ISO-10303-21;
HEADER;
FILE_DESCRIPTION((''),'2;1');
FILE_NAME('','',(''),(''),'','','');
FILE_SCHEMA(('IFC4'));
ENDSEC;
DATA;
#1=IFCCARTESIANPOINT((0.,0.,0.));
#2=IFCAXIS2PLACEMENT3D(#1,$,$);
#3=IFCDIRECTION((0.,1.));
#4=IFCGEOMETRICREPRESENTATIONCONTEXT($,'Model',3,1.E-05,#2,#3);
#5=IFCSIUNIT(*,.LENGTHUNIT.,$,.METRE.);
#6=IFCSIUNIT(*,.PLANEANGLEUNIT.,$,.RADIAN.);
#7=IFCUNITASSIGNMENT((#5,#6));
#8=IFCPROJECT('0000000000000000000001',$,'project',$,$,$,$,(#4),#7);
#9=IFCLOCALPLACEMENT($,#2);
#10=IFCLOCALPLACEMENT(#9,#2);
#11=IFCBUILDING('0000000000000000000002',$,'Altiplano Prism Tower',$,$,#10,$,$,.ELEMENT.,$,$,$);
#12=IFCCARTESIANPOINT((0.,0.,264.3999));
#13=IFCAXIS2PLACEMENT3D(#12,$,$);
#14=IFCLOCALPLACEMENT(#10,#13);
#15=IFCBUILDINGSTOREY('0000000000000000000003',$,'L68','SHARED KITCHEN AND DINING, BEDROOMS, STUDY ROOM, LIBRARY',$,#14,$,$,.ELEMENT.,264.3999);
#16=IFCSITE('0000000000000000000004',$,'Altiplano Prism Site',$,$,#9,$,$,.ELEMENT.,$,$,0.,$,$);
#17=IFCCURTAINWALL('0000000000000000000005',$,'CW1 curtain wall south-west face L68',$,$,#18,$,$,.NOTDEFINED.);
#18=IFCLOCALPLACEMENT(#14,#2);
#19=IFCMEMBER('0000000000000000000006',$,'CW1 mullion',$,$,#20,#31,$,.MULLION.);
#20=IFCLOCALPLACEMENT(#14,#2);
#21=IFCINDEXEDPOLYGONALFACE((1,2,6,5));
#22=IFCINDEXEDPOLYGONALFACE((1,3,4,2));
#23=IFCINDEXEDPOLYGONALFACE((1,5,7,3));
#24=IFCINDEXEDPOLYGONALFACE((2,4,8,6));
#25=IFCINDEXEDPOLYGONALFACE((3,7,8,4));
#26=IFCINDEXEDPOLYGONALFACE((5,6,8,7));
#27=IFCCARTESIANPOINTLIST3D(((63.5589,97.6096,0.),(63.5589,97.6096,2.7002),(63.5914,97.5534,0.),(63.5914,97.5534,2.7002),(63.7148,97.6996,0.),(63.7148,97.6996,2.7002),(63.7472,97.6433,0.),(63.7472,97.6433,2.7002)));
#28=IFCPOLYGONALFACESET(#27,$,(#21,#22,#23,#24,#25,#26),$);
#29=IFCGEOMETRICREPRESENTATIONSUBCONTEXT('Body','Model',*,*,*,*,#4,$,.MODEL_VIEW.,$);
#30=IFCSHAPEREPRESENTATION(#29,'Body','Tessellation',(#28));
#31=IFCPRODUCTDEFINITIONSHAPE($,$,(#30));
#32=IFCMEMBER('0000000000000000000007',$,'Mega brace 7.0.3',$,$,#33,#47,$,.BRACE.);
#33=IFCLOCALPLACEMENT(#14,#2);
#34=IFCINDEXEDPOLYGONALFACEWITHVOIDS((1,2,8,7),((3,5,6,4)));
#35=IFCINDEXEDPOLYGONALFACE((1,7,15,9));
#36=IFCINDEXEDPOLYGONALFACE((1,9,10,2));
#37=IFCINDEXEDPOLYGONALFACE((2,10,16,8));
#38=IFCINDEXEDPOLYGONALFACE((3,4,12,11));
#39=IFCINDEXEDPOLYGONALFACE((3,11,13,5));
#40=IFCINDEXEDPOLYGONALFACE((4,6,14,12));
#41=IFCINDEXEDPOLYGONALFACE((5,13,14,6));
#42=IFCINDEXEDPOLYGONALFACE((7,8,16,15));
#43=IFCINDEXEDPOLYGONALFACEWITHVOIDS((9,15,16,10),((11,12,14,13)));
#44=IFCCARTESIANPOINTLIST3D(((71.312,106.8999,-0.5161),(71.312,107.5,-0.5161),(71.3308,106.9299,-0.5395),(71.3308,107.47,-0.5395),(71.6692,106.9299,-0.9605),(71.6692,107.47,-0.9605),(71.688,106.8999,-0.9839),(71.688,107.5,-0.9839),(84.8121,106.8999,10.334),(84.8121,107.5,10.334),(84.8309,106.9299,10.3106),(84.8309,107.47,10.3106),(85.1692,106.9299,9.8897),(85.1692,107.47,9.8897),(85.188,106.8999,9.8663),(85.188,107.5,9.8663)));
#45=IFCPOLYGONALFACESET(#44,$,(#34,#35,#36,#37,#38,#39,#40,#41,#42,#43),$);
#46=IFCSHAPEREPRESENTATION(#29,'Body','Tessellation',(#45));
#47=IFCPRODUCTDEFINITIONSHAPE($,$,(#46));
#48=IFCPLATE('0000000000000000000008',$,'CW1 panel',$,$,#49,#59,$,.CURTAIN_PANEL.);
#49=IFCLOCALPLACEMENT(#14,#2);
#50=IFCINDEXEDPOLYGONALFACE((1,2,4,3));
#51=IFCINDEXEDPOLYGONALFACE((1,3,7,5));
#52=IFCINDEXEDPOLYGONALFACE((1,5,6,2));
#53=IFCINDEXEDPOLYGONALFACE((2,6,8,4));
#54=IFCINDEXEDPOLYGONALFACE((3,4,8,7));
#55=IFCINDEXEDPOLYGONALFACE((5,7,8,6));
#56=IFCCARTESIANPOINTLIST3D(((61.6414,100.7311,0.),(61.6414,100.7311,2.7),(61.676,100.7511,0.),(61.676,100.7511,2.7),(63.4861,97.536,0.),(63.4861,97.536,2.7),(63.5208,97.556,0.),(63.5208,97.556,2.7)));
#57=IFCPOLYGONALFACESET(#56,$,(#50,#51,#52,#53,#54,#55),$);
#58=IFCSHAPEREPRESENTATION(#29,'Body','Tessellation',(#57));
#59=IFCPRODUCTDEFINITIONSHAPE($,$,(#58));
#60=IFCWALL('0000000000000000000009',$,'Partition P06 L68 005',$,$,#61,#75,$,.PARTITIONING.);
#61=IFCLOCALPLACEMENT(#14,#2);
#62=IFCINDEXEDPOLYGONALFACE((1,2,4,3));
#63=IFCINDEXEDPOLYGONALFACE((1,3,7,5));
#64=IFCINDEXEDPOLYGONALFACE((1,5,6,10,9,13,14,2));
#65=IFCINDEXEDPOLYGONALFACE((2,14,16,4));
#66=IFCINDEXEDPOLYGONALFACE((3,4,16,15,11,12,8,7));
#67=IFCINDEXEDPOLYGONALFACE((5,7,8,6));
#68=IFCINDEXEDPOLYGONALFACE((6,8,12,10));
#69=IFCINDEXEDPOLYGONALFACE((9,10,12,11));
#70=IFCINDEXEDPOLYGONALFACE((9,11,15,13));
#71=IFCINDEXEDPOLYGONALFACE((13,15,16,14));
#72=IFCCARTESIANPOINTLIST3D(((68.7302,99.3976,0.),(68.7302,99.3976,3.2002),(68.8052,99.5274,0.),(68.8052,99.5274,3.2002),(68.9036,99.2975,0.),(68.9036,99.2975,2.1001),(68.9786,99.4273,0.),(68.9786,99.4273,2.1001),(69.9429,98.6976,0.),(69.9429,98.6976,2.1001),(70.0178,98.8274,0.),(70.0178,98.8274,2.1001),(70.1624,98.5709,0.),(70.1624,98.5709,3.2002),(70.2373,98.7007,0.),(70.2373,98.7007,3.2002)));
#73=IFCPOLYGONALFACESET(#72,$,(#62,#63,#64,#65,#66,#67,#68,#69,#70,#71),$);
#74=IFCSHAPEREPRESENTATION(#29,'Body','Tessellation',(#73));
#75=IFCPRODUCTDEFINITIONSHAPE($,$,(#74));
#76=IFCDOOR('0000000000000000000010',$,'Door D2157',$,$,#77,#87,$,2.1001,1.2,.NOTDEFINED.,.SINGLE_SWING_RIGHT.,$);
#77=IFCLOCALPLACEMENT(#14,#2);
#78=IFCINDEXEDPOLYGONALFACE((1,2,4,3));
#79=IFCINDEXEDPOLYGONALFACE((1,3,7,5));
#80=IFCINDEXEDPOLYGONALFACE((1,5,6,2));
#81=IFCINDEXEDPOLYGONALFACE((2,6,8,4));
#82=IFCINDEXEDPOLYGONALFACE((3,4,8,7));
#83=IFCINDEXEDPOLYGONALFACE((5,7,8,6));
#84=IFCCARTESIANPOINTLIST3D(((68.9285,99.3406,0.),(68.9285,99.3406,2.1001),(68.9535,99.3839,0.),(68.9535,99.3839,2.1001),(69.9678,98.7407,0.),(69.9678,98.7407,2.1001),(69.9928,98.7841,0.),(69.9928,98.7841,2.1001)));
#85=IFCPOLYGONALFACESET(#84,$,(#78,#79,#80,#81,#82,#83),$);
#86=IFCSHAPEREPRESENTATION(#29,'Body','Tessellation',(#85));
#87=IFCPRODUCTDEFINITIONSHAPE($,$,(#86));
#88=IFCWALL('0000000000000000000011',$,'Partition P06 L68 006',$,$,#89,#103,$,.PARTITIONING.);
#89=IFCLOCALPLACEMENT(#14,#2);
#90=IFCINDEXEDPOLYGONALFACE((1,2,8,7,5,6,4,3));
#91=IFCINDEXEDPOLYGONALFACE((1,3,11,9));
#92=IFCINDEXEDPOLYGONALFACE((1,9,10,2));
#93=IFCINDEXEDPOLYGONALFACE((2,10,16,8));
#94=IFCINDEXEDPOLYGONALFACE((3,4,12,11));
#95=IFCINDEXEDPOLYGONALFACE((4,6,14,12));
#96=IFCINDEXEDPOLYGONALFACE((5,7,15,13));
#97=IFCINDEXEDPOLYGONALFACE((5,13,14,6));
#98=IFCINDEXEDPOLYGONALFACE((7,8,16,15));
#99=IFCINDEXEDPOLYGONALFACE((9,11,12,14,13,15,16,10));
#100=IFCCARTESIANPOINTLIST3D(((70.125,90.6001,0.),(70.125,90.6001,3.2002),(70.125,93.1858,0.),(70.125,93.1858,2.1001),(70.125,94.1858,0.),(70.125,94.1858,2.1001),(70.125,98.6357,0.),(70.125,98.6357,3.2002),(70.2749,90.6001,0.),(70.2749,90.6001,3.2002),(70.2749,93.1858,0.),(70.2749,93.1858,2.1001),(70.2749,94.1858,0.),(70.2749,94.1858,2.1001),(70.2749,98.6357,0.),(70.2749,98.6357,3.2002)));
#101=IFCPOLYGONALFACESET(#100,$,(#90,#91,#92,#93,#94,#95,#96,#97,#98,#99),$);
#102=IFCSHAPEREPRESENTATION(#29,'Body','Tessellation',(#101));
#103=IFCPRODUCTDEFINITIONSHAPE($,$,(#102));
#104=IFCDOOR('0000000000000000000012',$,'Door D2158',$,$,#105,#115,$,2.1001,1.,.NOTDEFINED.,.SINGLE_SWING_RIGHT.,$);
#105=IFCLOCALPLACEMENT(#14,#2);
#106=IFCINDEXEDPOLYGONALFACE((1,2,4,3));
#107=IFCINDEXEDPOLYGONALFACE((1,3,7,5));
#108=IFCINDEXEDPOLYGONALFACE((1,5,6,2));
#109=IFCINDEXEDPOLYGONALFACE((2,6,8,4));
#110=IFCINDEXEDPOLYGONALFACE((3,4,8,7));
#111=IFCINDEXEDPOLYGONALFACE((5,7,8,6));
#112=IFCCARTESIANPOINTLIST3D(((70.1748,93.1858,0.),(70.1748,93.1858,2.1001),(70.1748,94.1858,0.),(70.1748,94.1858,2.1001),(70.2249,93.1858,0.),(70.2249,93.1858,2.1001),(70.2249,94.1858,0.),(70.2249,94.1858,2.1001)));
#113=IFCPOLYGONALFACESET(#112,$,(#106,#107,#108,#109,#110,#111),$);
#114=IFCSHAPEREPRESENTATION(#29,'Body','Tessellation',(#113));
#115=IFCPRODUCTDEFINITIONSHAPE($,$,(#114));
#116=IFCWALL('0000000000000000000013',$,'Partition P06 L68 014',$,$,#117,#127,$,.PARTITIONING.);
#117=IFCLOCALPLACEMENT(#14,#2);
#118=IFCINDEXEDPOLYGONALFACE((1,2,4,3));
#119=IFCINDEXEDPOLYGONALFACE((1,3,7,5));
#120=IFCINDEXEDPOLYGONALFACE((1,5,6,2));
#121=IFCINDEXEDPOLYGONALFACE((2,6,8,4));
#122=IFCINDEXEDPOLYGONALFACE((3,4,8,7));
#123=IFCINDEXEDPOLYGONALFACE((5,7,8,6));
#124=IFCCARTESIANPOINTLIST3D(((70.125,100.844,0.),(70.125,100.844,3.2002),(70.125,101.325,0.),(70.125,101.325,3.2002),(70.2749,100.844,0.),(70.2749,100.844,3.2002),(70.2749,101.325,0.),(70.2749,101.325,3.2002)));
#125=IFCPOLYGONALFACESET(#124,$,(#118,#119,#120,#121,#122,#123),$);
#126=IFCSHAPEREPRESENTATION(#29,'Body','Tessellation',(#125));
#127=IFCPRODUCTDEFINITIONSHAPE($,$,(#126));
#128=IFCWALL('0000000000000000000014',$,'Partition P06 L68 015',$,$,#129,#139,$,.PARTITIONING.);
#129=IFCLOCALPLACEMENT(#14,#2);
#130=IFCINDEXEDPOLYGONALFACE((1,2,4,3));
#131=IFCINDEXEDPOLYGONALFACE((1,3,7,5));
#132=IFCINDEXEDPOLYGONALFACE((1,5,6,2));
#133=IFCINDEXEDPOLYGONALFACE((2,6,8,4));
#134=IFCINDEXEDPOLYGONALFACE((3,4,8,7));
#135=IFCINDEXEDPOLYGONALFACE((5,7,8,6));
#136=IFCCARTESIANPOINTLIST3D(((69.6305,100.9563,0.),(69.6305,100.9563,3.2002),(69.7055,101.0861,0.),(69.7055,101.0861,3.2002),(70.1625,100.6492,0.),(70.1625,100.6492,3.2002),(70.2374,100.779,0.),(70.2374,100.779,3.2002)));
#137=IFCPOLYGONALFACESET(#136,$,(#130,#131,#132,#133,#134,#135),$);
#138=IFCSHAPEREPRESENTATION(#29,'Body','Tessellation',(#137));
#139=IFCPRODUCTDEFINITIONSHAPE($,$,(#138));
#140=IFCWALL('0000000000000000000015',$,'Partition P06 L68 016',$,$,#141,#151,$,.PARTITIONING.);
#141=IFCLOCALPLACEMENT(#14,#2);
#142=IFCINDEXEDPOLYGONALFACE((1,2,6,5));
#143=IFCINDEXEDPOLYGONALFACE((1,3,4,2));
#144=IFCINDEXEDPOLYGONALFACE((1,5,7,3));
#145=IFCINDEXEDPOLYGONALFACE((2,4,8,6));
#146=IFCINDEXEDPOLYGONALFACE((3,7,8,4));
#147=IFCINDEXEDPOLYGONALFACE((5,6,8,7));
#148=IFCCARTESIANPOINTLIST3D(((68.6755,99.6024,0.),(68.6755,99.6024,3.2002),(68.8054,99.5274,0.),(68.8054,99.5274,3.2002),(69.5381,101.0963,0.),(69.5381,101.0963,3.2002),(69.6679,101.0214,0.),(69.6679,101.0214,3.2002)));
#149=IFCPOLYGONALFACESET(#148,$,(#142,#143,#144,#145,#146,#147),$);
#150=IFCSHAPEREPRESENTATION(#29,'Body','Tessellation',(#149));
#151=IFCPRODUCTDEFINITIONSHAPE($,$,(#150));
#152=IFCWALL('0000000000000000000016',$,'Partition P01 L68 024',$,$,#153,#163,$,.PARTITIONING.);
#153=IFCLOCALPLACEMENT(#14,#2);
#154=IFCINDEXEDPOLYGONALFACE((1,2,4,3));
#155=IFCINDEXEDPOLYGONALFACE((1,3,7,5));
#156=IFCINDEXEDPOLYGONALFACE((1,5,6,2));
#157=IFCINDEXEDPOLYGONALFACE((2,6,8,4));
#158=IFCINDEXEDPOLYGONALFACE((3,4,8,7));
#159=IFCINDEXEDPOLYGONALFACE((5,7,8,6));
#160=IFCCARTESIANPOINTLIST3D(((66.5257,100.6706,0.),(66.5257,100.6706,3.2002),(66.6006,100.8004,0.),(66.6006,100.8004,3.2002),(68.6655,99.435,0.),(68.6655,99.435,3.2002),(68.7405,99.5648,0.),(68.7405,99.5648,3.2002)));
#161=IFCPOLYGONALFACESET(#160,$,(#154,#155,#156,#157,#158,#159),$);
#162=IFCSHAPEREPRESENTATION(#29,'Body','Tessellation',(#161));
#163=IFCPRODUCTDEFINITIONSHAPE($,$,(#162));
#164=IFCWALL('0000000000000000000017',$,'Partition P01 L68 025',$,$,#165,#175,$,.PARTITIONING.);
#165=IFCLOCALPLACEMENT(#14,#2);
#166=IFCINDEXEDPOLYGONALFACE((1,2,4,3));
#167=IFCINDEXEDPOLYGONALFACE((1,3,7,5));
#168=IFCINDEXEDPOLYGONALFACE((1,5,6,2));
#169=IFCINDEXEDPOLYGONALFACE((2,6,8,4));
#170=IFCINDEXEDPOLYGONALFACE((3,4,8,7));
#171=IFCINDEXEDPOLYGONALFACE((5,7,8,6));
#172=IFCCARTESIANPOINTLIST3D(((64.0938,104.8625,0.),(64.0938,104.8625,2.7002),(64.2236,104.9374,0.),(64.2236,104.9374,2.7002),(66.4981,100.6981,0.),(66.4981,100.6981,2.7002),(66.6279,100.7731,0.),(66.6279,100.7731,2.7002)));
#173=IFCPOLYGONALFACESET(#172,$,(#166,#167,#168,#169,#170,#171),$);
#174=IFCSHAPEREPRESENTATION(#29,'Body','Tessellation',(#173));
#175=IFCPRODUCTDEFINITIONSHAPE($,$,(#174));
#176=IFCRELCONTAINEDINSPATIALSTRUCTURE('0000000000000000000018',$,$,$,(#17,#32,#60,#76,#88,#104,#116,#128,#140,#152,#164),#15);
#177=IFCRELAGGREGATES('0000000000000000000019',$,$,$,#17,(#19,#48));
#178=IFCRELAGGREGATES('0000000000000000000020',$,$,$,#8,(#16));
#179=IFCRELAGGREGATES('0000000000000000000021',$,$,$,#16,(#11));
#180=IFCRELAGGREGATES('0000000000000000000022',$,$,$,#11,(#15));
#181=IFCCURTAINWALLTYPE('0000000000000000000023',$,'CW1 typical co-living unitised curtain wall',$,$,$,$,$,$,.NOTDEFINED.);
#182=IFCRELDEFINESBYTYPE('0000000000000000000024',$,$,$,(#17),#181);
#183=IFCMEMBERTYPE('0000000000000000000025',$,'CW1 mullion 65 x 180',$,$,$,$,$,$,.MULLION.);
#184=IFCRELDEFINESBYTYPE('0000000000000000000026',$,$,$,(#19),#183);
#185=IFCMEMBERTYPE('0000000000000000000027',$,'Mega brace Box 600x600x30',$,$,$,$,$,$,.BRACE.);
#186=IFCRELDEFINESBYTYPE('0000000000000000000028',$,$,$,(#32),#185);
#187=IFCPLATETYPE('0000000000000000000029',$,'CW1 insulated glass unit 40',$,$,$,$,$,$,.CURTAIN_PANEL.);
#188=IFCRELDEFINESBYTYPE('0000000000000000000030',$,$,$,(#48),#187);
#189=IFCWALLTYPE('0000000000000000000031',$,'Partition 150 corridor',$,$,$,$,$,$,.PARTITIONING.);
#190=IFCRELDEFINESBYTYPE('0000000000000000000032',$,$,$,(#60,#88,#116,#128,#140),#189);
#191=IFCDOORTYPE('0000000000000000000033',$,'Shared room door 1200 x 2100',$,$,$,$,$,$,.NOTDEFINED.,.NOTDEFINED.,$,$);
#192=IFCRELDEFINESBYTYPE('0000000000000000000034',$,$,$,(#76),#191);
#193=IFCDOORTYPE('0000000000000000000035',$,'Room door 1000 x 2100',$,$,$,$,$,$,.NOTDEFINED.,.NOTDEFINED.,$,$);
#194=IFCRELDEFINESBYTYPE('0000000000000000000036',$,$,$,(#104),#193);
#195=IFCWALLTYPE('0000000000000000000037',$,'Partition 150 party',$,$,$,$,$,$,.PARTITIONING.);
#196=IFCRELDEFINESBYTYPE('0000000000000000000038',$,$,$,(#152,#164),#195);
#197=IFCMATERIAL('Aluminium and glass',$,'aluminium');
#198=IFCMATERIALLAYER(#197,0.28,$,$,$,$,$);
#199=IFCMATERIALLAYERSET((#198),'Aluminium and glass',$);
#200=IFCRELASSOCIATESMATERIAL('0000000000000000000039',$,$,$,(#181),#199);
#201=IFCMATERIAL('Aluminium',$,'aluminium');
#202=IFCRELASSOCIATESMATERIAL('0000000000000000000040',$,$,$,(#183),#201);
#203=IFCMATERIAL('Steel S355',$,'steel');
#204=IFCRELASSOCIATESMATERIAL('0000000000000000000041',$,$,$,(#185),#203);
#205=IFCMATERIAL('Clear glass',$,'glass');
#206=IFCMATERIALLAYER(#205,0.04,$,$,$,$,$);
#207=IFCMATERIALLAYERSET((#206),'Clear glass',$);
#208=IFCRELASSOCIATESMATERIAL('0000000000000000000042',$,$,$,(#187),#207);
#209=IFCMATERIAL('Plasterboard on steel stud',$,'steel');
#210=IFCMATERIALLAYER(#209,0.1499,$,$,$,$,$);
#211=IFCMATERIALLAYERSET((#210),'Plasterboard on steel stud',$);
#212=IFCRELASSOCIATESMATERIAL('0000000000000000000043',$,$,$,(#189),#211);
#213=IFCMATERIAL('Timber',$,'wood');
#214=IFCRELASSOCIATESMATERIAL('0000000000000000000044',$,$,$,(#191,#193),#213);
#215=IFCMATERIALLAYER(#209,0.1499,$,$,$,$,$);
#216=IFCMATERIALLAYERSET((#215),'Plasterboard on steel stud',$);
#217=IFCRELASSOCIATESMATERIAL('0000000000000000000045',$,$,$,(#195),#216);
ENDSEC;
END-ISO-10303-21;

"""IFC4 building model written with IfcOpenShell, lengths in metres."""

from ifc_helpers import new_model, si_unit, direction, frame, frame_2d, origin, origin_2d, place, context, subcontext, project, spatial, rectangle, hollow_rectangle, extrude, material, layer, layer_set, material_profile, profile_set, type_object, element, fill, aggregate, save


model = new_model("IFC4")

# Units and contexts
model_context = context("Model", 3, precision=1e-05, world=origin(), true_north=direction((0.0, 1.0)))
body_context = subcontext(model_context, "Body", "Model", "MODEL_VIEW")
ifc_project = project(units=[si_unit("LENGTHUNIT", "METRE"), si_unit("PLANEANGLEUNIT", "RADIAN")], contexts=[model_context])

# Site, building, storey
site_placement = place(None, origin())
site = spatial("IfcSite", under=ifc_project, at=site_placement, Name="Altiplano Prism Site", CompositionType="ELEMENT", RefElevation=0.0)
building_placement = place(site_placement, origin())
building = spatial("IfcBuilding", under=site, at=building_placement, Name="Altiplano Prism Tower", CompositionType="ELEMENT")
storey_placement = place(building_placement, frame((0.0, 0.0, 264.3999)))
storey = spatial("IfcBuildingStorey", under=building, at=storey_placement, Name="L68", Description="SHARED KITCHEN AND DINING, BEDROOMS, STUDY ROOM, LIBRARY", CompositionType="ELEMENT", Elevation=264.3999)

# Curtain wall, member
ifc_material_1 = material(Name="Aluminium and glass", Category="aluminium")
ifc_layer_1 = layer(ifc_material_1, 0.28)
ifc_layer_set_1 = layer_set([ifc_layer_1], Name="Aluminium and glass")
curtain_wall_type = type_object("IfcCurtainWallType", Name="CW1 typical co-living unitised curtain wall", PredefinedType="NOTDEFINED", material=ifc_layer_set_1)
curtain_wall_placement = place(storey_placement, origin())
curtain_wall = element("IfcCurtainWall", 1, at=curtain_wall_placement, inside=storey, type_object=curtain_wall_type, Name="CW1 curtain wall south-west face L68", PredefinedType="NOTDEFINED")
ifc_material_2 = material(Name="Aluminium", Category="aluminium")
ifc_material_profile_1 = material_profile(ifc_material_2, rectangle(XDim=0.1799, YDim=0.0649, at=origin_2d()), Name="CW1 mullion 65 x 180")
ifc_profile_set_1 = profile_set([ifc_material_profile_1], Name="Aluminium")
member_type_1 = type_object("IfcMemberType", Name="CW1 mullion 65 x 180", PredefinedType="MULLION", material=ifc_profile_set_1)
member_1_placement = place(storey_placement, frame((63.6531, 97.6265, 0.0), z_axis=(0.0, 0.0, 1.0), x_axis=(0.866025, 0.5, 0.0)))
member_1 = element("IfcMember", 2, at=member_1_placement, type_object=member_type_1, Name="CW1 mullion", PredefinedType="MULLION", context=body_context, shape_type="SweptSolid", body=[
    extrude(rectangle(XDim=0.1799, YDim=0.0649, at=origin_2d()), origin(), (0.0, 0.0, 1.0), 2.7002),
])

# Member
ifc_material_3 = material(Name="Steel S355", Category="steel")
ifc_material_profile_2 = material_profile(ifc_material_3, hollow_rectangle(XDim=0.6001, YDim=0.6001, WallThickness=0.03, at=origin_2d()), Name="Mega brace Box 600x600x30")
ifc_profile_set_2 = profile_set([ifc_material_profile_2], Name="Steel S355")
member_type_2 = type_object("IfcMemberType", Name="Mega brace Box 600x600x30", PredefinedType="BRACE", material=ifc_profile_set_2)
member_2_placement = place(storey_placement, frame((71.5, 107.2, -0.75), z_axis=(0.779456, 0.0, 0.626457), x_axis=(0.0, 1.0, 0.0)))
element("IfcMember", 3, at=member_2_placement, inside=storey, type_object=member_type_2, Name="Mega brace 7.0.3", PredefinedType="BRACE", context=body_context, shape_type="SweptSolid", body=[
    extrude(hollow_rectangle(XDim=0.6001, YDim=0.6001, WallThickness=0.03, at=origin_2d()), origin(), (0.0, 0.0, 1.0), 17.3198),
])

# Plate
ifc_material_4 = material(Name="Clear glass", Category="glass")
ifc_layer_2 = layer(ifc_material_4, 0.04)
ifc_layer_set_2 = layer_set([ifc_layer_2], Name="Clear glass")
plate_type = type_object("IfcPlateType", Name="CW1 insulated glass unit 40", PredefinedType="CURTAIN_PANEL", material=ifc_layer_set_2)
plate_placement = place(storey_placement, frame((62.5811, 99.1436, 0.0), z_axis=(0.0, 0.0, 1.0), x_axis=(0.5, -0.866025, 0.0)))
plate = element("IfcPlate", 4, at=plate_placement, type_object=plate_type, Name="CW1 panel", PredefinedType="CURTAIN_PANEL", context=body_context, shape_type="SweptSolid", body=[
    extrude(rectangle(XDim=3.6895, YDim=0.04, at=origin_2d()), origin(), (0.0, 0.0, 1.0), 2.7),
])
aggregate(curtain_wall, [member_1, plate])

# Walls, openings, doors
ifc_material_5 = material(Name="Plasterboard on steel stud", Category="steel")
ifc_layer_3 = layer(ifc_material_5, 0.1499)
ifc_layer_set_3 = layer_set([ifc_layer_3], Name="Plasterboard on steel stud")
wall_type_1 = type_object("IfcWallType", Name="Partition 150 corridor", PredefinedType="PARTITIONING", material=ifc_layer_set_3)
wall_1_placement = place(storey_placement, frame((68.7678, 99.4624, 0.0), z_axis=(0.0, 0.0, 1.0), x_axis=(0.866072, -0.499918, 0.0)))
wall_1 = element("IfcWall", 5, at=wall_1_placement, inside=storey, type_object=wall_type_1, Name="Partition P06 L68 005", PredefinedType="PARTITIONING", context=body_context, shape_type="SweptSolid", body=[
    extrude(rectangle(XDim=1.6536, YDim=0.1499, at=frame_2d((0.8267, 0.0))), origin(), (0.0, 0.0, 1.0), 3.2002),
])
opening_1_placement = place(wall_1_placement, frame((0.2, 0.0, 0.0)))
opening_1 = element("IfcOpeningElement", 6, at=opening_1_placement, cuts=wall_1, PredefinedType="OPENING", context=body_context, shape_type="SweptSolid", body=[
    extrude(rectangle(XDim=1.2, YDim=2.1001, at=frame_2d((0.6001, 1.05))), frame((0.0, 0.0854, 0.0), z_axis=(0.0, -1.0, 0.0), x_axis=(1.0, 0.0, 0.0)), (0.0, 0.0, 1.0), 0.1709),
])
ifc_material_6 = material(Name="Timber", Category="wood")
door_type_1 = type_object("IfcDoorType", Name="Shared room door 1200 x 2100", OperationType="NOTDEFINED", PredefinedType="NOTDEFINED", material=ifc_material_6)
door_1_placement = place(opening_1_placement, origin())
door_1 = element("IfcDoor", 7, at=door_1_placement, inside=storey, type_object=door_type_1, Name="Door D2157", OperationType="SINGLE_SWING_RIGHT", OverallHeight=2.1001, OverallWidth=1.2, PredefinedType="NOTDEFINED", context=body_context, shape_type="SweptSolid", body=[
    extrude(rectangle(XDim=1.2, YDim=2.1001, at=frame_2d((0.6001, 1.05))), frame((0.0, 0.0249, 0.0), z_axis=(0.0, -1.0, 0.0), x_axis=(1.0, 0.0, 0.0)), (0.0, 0.0, 1.0), 0.05),
])
fill(opening_1, door_1)
wall_2_placement = place(storey_placement, frame((70.2, 98.6357, 0.0), z_axis=(0.0, 0.0, 1.0), x_axis=(0.0, -1.0, 0.0)))
wall_2 = element("IfcWall", 8, at=wall_2_placement, inside=storey, type_object=wall_type_1, Name="Partition P06 L68 006", PredefinedType="PARTITIONING", context=body_context, shape_type="SweptSolid", body=[
    extrude(rectangle(XDim=8.0356, YDim=0.1499, at=frame_2d((4.0178, 0.0))), origin(), (0.0, 0.0, 1.0), 3.2002),
])
opening_2_placement = place(wall_2_placement, frame((4.45, 0.0, 0.0)))
opening_2 = element("IfcOpeningElement", 9, at=opening_2_placement, cuts=wall_2, PredefinedType="OPENING", context=body_context, shape_type="SweptSolid", body=[
    extrude(rectangle(XDim=1.0, YDim=2.1001, at=frame_2d((0.5, 1.05))), frame((0.0, 0.0854, 0.0), z_axis=(0.0, -1.0, 0.0), x_axis=(1.0, 0.0, 0.0)), (0.0, 0.0, 1.0), 0.1709),
])
door_type_2 = type_object("IfcDoorType", Name="Room door 1000 x 2100", OperationType="NOTDEFINED", PredefinedType="NOTDEFINED", material=ifc_material_6)
door_2_placement = place(opening_2_placement, origin())
door_2 = element("IfcDoor", 10, at=door_2_placement, inside=storey, type_object=door_type_2, Name="Door D2158", OperationType="SINGLE_SWING_RIGHT", OverallHeight=2.1001, OverallWidth=1.0, PredefinedType="NOTDEFINED", context=body_context, shape_type="SweptSolid", body=[
    extrude(rectangle(XDim=1.0, YDim=2.1001, at=frame_2d((0.5, 1.05))), frame((0.0, 0.0249, 0.0), z_axis=(0.0, -1.0, 0.0), x_axis=(1.0, 0.0, 0.0)), (0.0, 0.0, 1.0), 0.05),
])
fill(opening_2, door_2)

# Walls
wall_3_placement = place(storey_placement, frame((70.2, 101.325, 0.0), z_axis=(0.0, 0.0, 1.0), x_axis=(0.0, -1.0, 0.0)))
element("IfcWall", 11, at=wall_3_placement, inside=storey, type_object=wall_type_1, Name="Partition P06 L68 014", PredefinedType="PARTITIONING", context=body_context, shape_type="SweptSolid", body=[
    extrude(rectangle(XDim=0.481, YDim=0.1499, at=frame_2d((0.2405, 0.0))), origin(), (0.0, 0.0, 1.0), 3.2002),
])
wall_4_placement = place(storey_placement, frame((70.2, 100.7141, 0.0), z_axis=(0.0, 0.0, 1.0), x_axis=(-0.866033, 0.499986, 0.0)))
element("IfcWall", 12, at=wall_4_placement, inside=storey, type_object=wall_type_1, Name="Partition P06 L68 015", PredefinedType="PARTITIONING", context=body_context, shape_type="SweptSolid", body=[
    extrude(rectangle(XDim=0.6143, YDim=0.1499, at=frame_2d((0.3071, 0.0))), origin(), (0.0, 0.0, 1.0), 3.2002),
])
wall_5_placement = place(storey_placement, frame((69.603, 101.0588, 0.0), z_axis=(0.0, 0.0, 1.0), x_axis=(-0.500021, -0.866014, 0.0)))
element("IfcWall", 13, at=wall_5_placement, inside=storey, type_object=wall_type_1, Name="Partition P06 L68 016", PredefinedType="PARTITIONING", context=body_context, shape_type="SweptSolid", body=[
    extrude(rectangle(XDim=1.7251, YDim=0.1499, at=frame_2d((0.8625, 0.0))), origin(), (0.0, 0.0, 1.0), 3.2002),
])
ifc_layer_4 = layer(ifc_material_5, 0.1499)
ifc_layer_set_4 = layer_set([ifc_layer_4], Name="Plasterboard on steel stud")
wall_type_2 = type_object("IfcWallType", Name="Partition 150 party", PredefinedType="PARTITIONING", material=ifc_layer_set_4)
wall_6_placement = place(storey_placement, frame((68.7029, 99.5, 0.0), z_axis=(0.0, 0.0, 1.0), x_axis=(-0.866003, 0.500039, 0.0)))
element("IfcWall", 14, at=wall_6_placement, inside=storey, type_object=wall_type_2, Name="Partition P01 L68 024", PredefinedType="PARTITIONING", context=body_context, shape_type="SweptSolid", body=[
    extrude(rectangle(XDim=2.4709, YDim=0.1499, at=frame_2d((1.2354, 0.0))), origin(), (0.0, 0.0, 1.0), 3.2002),
])
wall_7_placement = place(storey_placement, frame((66.563, 100.7356, 0.0), z_axis=(0.0, 0.0, 1.0), x_axis=(-0.500005, 0.866022, 0.0)))
element("IfcWall", 15, at=wall_7_placement, inside=storey, type_object=wall_type_2, Name="Partition P01 L68 025", PredefinedType="PARTITIONING", context=body_context, shape_type="SweptSolid", body=[
    extrude(rectangle(XDim=4.8086, YDim=0.1499, at=frame_2d((2.4043, 0.0))), origin(), (0.0, 0.0, 1.0), 2.7002),
])

save(model, "model.ifc")
